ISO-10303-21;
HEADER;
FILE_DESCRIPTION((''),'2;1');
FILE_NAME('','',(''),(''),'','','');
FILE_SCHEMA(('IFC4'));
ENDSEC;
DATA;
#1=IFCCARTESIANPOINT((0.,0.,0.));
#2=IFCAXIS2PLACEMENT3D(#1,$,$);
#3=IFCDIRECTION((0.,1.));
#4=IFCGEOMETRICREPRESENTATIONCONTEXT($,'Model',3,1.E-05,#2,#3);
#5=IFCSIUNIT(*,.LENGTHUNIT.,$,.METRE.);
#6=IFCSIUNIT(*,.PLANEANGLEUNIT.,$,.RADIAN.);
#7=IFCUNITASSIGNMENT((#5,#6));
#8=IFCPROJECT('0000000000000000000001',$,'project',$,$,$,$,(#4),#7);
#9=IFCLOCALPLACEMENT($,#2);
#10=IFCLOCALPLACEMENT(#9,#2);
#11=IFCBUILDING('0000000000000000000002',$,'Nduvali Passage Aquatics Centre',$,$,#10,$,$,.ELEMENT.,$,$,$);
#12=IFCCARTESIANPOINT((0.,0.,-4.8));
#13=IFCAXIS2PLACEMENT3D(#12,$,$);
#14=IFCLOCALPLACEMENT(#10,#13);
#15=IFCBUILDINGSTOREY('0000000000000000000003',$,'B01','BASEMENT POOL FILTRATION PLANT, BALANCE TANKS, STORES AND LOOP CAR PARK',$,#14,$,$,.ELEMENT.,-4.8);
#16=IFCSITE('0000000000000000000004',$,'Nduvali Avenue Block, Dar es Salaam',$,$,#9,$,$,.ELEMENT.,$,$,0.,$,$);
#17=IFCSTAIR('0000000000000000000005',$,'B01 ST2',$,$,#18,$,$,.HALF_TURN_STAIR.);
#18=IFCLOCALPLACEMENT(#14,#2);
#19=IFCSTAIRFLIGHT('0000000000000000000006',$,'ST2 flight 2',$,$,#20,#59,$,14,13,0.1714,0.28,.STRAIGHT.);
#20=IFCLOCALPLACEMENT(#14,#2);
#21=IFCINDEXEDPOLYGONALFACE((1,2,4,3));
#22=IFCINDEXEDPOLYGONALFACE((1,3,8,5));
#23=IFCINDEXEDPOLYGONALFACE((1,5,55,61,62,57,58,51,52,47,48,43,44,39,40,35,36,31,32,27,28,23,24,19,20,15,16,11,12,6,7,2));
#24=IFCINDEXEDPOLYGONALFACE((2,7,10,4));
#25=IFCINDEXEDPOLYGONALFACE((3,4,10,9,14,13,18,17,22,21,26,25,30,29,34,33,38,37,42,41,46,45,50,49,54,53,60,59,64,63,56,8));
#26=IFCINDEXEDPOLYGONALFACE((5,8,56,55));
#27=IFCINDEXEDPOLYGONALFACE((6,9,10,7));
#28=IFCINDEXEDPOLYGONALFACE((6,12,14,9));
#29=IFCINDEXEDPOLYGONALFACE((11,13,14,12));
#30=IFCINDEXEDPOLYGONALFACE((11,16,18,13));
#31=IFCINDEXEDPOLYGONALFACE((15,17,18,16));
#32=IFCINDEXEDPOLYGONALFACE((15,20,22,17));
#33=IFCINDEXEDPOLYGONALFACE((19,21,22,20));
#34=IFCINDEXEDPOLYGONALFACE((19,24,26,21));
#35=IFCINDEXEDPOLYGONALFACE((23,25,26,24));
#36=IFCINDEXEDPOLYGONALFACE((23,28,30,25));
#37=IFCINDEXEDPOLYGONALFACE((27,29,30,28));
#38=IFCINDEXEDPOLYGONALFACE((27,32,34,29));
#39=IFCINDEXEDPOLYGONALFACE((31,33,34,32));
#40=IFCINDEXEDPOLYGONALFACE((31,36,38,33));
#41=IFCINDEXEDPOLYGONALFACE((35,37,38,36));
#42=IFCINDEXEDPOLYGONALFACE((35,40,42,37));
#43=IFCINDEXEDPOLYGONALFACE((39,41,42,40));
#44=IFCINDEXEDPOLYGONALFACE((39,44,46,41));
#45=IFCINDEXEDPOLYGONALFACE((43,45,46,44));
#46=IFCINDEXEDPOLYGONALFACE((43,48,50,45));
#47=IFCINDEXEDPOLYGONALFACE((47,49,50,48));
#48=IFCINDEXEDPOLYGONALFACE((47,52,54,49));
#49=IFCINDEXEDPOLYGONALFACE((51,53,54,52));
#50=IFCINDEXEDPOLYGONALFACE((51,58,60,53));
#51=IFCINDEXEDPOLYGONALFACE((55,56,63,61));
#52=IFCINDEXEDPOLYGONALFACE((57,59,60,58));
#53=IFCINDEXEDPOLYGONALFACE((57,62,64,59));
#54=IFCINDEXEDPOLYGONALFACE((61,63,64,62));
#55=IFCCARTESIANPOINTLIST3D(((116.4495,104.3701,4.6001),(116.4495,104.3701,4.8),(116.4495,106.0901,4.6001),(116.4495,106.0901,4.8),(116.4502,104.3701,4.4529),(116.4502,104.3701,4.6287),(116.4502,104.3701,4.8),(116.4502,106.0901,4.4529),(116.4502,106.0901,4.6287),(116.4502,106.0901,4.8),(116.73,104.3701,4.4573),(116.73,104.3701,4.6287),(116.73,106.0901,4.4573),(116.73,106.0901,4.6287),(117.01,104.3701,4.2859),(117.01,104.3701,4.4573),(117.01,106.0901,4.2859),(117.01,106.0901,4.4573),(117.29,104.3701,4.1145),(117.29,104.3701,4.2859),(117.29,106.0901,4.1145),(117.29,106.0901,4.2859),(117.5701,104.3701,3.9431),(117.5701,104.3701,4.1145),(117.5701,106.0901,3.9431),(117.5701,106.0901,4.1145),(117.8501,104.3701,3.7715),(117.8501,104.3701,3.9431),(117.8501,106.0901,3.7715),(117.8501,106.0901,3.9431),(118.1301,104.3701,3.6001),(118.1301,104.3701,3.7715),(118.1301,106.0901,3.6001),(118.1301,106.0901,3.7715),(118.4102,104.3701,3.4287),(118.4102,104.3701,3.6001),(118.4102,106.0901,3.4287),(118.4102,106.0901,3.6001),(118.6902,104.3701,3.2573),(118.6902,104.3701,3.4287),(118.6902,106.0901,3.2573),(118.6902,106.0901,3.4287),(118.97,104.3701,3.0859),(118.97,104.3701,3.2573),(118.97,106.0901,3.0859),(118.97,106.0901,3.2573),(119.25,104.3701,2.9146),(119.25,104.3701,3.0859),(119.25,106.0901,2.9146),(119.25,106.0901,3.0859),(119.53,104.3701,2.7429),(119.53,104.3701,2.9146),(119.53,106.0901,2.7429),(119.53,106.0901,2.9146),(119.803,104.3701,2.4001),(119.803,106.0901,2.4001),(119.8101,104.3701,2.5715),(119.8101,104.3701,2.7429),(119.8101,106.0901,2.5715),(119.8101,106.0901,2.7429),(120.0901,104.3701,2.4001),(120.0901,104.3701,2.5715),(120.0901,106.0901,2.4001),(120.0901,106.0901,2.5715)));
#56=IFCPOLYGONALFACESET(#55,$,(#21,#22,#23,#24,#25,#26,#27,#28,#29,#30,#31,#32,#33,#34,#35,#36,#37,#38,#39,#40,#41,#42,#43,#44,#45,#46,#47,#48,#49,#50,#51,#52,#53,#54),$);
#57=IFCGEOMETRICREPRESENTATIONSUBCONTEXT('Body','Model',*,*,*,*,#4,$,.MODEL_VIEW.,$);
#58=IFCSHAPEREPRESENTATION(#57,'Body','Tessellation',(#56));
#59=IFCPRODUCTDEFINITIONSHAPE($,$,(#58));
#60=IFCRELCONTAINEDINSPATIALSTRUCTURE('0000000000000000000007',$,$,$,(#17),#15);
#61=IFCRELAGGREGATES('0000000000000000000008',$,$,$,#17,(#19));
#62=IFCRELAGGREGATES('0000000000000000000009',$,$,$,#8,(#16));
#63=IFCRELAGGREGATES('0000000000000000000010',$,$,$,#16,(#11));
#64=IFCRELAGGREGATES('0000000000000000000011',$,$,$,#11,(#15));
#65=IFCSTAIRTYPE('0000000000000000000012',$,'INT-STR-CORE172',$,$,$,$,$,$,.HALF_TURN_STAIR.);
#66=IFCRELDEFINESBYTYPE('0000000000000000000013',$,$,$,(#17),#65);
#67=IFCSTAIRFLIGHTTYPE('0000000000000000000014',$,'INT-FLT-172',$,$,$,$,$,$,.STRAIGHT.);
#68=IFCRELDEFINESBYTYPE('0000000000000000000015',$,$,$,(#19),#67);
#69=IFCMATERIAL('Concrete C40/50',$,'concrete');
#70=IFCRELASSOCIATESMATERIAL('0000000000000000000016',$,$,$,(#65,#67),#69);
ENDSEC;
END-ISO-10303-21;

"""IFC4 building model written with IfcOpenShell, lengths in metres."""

from ifc_helpers import new_model, si_unit, direction, frame, origin, place, context, subcontext, project, spatial, polyline, outline, extrude, material, type_object, element, aggregate, save


model = new_model("IFC4")

# Units and contexts
model_context = context("Model", 3, precision=1e-05, world=origin(), true_north=direction((0.0, 1.0)))
body_context = subcontext(model_context, "Body", "Model", "MODEL_VIEW")
ifc_project = project(units=[si_unit("LENGTHUNIT", "METRE"), si_unit("PLANEANGLEUNIT", "RADIAN")], contexts=[model_context])

# Site, building, storey
site_placement = place(None, origin())
site = spatial("IfcSite", under=ifc_project, at=site_placement, Name="Nduvali Avenue Block, Dar es Salaam", CompositionType="ELEMENT", RefElevation=0.0)
building_placement = place(site_placement, origin())
building = spatial("IfcBuilding", under=site, at=building_placement, Name="Nduvali Passage Aquatics Centre", CompositionType="ELEMENT")
storey_placement = place(building_placement, frame((0.0, 0.0, -4.8)))
storey = spatial("IfcBuildingStorey", under=building, at=storey_placement, Name="B01", Description="BASEMENT POOL FILTRATION PLANT, BALANCE TANKS, STORES AND LOOP CAR PARK", CompositionType="ELEMENT", Elevation=-4.8)

# Shared definitions
ifc_material_1 = material(Name="Concrete C40/50", Category="concrete")

# Stair, stair flight
stair_type = type_object("IfcStairType", Name="INT-STR-CORE172", PredefinedType="HALF_TURN_STAIR", material=ifc_material_1)
stair_placement = place(storey_placement, origin())
stair = element("IfcStair", 1, at=stair_placement, inside=storey, type_object=stair_type, Name="B01 ST2", PredefinedType="HALF_TURN_STAIR")
stair_flight_type = type_object("IfcStairFlightType", Name="INT-FLT-172", PredefinedType="STRAIGHT", material=ifc_material_1)
stair_flight_1_placement = place(storey_placement, frame((120.0901, 105.23, 2.4001), z_axis=(0.0, 0.0, 1.0), x_axis=(-1.0, 0.0, 0.0)))
stair_flight_1 = element("IfcStairFlight", 2, at=stair_flight_1_placement, type_object=stair_flight_type, Name="ST2 flight 2", NumberOfRisers=14, NumberOfTreads=13, PredefinedType="STRAIGHT", RiserHeight=0.1714, TreadLength=0.28, context=body_context, shape_type="SweptSolid", body=[
    extrude(outline(polyline([(0.0, 0.0), (0.0, 0.1714), (0.28, 0.1714), (0.28, 0.3428), (0.5601, 0.3428), (0.5601, 0.5144), (0.8401, 0.5144), (0.8401, 0.6858), (1.1201, 0.6858), (1.1201, 0.8572), (1.3999, 0.8572), (1.3999, 1.0286), (1.6799, 1.0286), (1.6799, 1.2), (1.96, 1.2), (1.96, 1.3713), (2.24, 1.3713), (2.24, 1.543), (2.52, 1.543), (2.52, 1.7144), (2.8, 1.7144), (2.8, 1.8857), (3.0801, 1.8857), (3.0801, 2.0571), (3.3601, 2.0571), (3.3601, 2.2285), (3.6399, 2.2285), (3.6399, 2.3999), (3.6406, 2.3999), (3.6406, 2.2), (3.6399, 2.0527), (0.2871, 0.0), (0.0, 0.0)])), frame((0.0, 0.8599, 0.0), z_axis=(0.0, -1.0, 0.0), x_axis=(1.0, 0.0, 0.0)), (0.0, 0.0, 1.0), 1.72),
])
aggregate(stair, [stair_flight_1])

save(model, "model.ifc")
